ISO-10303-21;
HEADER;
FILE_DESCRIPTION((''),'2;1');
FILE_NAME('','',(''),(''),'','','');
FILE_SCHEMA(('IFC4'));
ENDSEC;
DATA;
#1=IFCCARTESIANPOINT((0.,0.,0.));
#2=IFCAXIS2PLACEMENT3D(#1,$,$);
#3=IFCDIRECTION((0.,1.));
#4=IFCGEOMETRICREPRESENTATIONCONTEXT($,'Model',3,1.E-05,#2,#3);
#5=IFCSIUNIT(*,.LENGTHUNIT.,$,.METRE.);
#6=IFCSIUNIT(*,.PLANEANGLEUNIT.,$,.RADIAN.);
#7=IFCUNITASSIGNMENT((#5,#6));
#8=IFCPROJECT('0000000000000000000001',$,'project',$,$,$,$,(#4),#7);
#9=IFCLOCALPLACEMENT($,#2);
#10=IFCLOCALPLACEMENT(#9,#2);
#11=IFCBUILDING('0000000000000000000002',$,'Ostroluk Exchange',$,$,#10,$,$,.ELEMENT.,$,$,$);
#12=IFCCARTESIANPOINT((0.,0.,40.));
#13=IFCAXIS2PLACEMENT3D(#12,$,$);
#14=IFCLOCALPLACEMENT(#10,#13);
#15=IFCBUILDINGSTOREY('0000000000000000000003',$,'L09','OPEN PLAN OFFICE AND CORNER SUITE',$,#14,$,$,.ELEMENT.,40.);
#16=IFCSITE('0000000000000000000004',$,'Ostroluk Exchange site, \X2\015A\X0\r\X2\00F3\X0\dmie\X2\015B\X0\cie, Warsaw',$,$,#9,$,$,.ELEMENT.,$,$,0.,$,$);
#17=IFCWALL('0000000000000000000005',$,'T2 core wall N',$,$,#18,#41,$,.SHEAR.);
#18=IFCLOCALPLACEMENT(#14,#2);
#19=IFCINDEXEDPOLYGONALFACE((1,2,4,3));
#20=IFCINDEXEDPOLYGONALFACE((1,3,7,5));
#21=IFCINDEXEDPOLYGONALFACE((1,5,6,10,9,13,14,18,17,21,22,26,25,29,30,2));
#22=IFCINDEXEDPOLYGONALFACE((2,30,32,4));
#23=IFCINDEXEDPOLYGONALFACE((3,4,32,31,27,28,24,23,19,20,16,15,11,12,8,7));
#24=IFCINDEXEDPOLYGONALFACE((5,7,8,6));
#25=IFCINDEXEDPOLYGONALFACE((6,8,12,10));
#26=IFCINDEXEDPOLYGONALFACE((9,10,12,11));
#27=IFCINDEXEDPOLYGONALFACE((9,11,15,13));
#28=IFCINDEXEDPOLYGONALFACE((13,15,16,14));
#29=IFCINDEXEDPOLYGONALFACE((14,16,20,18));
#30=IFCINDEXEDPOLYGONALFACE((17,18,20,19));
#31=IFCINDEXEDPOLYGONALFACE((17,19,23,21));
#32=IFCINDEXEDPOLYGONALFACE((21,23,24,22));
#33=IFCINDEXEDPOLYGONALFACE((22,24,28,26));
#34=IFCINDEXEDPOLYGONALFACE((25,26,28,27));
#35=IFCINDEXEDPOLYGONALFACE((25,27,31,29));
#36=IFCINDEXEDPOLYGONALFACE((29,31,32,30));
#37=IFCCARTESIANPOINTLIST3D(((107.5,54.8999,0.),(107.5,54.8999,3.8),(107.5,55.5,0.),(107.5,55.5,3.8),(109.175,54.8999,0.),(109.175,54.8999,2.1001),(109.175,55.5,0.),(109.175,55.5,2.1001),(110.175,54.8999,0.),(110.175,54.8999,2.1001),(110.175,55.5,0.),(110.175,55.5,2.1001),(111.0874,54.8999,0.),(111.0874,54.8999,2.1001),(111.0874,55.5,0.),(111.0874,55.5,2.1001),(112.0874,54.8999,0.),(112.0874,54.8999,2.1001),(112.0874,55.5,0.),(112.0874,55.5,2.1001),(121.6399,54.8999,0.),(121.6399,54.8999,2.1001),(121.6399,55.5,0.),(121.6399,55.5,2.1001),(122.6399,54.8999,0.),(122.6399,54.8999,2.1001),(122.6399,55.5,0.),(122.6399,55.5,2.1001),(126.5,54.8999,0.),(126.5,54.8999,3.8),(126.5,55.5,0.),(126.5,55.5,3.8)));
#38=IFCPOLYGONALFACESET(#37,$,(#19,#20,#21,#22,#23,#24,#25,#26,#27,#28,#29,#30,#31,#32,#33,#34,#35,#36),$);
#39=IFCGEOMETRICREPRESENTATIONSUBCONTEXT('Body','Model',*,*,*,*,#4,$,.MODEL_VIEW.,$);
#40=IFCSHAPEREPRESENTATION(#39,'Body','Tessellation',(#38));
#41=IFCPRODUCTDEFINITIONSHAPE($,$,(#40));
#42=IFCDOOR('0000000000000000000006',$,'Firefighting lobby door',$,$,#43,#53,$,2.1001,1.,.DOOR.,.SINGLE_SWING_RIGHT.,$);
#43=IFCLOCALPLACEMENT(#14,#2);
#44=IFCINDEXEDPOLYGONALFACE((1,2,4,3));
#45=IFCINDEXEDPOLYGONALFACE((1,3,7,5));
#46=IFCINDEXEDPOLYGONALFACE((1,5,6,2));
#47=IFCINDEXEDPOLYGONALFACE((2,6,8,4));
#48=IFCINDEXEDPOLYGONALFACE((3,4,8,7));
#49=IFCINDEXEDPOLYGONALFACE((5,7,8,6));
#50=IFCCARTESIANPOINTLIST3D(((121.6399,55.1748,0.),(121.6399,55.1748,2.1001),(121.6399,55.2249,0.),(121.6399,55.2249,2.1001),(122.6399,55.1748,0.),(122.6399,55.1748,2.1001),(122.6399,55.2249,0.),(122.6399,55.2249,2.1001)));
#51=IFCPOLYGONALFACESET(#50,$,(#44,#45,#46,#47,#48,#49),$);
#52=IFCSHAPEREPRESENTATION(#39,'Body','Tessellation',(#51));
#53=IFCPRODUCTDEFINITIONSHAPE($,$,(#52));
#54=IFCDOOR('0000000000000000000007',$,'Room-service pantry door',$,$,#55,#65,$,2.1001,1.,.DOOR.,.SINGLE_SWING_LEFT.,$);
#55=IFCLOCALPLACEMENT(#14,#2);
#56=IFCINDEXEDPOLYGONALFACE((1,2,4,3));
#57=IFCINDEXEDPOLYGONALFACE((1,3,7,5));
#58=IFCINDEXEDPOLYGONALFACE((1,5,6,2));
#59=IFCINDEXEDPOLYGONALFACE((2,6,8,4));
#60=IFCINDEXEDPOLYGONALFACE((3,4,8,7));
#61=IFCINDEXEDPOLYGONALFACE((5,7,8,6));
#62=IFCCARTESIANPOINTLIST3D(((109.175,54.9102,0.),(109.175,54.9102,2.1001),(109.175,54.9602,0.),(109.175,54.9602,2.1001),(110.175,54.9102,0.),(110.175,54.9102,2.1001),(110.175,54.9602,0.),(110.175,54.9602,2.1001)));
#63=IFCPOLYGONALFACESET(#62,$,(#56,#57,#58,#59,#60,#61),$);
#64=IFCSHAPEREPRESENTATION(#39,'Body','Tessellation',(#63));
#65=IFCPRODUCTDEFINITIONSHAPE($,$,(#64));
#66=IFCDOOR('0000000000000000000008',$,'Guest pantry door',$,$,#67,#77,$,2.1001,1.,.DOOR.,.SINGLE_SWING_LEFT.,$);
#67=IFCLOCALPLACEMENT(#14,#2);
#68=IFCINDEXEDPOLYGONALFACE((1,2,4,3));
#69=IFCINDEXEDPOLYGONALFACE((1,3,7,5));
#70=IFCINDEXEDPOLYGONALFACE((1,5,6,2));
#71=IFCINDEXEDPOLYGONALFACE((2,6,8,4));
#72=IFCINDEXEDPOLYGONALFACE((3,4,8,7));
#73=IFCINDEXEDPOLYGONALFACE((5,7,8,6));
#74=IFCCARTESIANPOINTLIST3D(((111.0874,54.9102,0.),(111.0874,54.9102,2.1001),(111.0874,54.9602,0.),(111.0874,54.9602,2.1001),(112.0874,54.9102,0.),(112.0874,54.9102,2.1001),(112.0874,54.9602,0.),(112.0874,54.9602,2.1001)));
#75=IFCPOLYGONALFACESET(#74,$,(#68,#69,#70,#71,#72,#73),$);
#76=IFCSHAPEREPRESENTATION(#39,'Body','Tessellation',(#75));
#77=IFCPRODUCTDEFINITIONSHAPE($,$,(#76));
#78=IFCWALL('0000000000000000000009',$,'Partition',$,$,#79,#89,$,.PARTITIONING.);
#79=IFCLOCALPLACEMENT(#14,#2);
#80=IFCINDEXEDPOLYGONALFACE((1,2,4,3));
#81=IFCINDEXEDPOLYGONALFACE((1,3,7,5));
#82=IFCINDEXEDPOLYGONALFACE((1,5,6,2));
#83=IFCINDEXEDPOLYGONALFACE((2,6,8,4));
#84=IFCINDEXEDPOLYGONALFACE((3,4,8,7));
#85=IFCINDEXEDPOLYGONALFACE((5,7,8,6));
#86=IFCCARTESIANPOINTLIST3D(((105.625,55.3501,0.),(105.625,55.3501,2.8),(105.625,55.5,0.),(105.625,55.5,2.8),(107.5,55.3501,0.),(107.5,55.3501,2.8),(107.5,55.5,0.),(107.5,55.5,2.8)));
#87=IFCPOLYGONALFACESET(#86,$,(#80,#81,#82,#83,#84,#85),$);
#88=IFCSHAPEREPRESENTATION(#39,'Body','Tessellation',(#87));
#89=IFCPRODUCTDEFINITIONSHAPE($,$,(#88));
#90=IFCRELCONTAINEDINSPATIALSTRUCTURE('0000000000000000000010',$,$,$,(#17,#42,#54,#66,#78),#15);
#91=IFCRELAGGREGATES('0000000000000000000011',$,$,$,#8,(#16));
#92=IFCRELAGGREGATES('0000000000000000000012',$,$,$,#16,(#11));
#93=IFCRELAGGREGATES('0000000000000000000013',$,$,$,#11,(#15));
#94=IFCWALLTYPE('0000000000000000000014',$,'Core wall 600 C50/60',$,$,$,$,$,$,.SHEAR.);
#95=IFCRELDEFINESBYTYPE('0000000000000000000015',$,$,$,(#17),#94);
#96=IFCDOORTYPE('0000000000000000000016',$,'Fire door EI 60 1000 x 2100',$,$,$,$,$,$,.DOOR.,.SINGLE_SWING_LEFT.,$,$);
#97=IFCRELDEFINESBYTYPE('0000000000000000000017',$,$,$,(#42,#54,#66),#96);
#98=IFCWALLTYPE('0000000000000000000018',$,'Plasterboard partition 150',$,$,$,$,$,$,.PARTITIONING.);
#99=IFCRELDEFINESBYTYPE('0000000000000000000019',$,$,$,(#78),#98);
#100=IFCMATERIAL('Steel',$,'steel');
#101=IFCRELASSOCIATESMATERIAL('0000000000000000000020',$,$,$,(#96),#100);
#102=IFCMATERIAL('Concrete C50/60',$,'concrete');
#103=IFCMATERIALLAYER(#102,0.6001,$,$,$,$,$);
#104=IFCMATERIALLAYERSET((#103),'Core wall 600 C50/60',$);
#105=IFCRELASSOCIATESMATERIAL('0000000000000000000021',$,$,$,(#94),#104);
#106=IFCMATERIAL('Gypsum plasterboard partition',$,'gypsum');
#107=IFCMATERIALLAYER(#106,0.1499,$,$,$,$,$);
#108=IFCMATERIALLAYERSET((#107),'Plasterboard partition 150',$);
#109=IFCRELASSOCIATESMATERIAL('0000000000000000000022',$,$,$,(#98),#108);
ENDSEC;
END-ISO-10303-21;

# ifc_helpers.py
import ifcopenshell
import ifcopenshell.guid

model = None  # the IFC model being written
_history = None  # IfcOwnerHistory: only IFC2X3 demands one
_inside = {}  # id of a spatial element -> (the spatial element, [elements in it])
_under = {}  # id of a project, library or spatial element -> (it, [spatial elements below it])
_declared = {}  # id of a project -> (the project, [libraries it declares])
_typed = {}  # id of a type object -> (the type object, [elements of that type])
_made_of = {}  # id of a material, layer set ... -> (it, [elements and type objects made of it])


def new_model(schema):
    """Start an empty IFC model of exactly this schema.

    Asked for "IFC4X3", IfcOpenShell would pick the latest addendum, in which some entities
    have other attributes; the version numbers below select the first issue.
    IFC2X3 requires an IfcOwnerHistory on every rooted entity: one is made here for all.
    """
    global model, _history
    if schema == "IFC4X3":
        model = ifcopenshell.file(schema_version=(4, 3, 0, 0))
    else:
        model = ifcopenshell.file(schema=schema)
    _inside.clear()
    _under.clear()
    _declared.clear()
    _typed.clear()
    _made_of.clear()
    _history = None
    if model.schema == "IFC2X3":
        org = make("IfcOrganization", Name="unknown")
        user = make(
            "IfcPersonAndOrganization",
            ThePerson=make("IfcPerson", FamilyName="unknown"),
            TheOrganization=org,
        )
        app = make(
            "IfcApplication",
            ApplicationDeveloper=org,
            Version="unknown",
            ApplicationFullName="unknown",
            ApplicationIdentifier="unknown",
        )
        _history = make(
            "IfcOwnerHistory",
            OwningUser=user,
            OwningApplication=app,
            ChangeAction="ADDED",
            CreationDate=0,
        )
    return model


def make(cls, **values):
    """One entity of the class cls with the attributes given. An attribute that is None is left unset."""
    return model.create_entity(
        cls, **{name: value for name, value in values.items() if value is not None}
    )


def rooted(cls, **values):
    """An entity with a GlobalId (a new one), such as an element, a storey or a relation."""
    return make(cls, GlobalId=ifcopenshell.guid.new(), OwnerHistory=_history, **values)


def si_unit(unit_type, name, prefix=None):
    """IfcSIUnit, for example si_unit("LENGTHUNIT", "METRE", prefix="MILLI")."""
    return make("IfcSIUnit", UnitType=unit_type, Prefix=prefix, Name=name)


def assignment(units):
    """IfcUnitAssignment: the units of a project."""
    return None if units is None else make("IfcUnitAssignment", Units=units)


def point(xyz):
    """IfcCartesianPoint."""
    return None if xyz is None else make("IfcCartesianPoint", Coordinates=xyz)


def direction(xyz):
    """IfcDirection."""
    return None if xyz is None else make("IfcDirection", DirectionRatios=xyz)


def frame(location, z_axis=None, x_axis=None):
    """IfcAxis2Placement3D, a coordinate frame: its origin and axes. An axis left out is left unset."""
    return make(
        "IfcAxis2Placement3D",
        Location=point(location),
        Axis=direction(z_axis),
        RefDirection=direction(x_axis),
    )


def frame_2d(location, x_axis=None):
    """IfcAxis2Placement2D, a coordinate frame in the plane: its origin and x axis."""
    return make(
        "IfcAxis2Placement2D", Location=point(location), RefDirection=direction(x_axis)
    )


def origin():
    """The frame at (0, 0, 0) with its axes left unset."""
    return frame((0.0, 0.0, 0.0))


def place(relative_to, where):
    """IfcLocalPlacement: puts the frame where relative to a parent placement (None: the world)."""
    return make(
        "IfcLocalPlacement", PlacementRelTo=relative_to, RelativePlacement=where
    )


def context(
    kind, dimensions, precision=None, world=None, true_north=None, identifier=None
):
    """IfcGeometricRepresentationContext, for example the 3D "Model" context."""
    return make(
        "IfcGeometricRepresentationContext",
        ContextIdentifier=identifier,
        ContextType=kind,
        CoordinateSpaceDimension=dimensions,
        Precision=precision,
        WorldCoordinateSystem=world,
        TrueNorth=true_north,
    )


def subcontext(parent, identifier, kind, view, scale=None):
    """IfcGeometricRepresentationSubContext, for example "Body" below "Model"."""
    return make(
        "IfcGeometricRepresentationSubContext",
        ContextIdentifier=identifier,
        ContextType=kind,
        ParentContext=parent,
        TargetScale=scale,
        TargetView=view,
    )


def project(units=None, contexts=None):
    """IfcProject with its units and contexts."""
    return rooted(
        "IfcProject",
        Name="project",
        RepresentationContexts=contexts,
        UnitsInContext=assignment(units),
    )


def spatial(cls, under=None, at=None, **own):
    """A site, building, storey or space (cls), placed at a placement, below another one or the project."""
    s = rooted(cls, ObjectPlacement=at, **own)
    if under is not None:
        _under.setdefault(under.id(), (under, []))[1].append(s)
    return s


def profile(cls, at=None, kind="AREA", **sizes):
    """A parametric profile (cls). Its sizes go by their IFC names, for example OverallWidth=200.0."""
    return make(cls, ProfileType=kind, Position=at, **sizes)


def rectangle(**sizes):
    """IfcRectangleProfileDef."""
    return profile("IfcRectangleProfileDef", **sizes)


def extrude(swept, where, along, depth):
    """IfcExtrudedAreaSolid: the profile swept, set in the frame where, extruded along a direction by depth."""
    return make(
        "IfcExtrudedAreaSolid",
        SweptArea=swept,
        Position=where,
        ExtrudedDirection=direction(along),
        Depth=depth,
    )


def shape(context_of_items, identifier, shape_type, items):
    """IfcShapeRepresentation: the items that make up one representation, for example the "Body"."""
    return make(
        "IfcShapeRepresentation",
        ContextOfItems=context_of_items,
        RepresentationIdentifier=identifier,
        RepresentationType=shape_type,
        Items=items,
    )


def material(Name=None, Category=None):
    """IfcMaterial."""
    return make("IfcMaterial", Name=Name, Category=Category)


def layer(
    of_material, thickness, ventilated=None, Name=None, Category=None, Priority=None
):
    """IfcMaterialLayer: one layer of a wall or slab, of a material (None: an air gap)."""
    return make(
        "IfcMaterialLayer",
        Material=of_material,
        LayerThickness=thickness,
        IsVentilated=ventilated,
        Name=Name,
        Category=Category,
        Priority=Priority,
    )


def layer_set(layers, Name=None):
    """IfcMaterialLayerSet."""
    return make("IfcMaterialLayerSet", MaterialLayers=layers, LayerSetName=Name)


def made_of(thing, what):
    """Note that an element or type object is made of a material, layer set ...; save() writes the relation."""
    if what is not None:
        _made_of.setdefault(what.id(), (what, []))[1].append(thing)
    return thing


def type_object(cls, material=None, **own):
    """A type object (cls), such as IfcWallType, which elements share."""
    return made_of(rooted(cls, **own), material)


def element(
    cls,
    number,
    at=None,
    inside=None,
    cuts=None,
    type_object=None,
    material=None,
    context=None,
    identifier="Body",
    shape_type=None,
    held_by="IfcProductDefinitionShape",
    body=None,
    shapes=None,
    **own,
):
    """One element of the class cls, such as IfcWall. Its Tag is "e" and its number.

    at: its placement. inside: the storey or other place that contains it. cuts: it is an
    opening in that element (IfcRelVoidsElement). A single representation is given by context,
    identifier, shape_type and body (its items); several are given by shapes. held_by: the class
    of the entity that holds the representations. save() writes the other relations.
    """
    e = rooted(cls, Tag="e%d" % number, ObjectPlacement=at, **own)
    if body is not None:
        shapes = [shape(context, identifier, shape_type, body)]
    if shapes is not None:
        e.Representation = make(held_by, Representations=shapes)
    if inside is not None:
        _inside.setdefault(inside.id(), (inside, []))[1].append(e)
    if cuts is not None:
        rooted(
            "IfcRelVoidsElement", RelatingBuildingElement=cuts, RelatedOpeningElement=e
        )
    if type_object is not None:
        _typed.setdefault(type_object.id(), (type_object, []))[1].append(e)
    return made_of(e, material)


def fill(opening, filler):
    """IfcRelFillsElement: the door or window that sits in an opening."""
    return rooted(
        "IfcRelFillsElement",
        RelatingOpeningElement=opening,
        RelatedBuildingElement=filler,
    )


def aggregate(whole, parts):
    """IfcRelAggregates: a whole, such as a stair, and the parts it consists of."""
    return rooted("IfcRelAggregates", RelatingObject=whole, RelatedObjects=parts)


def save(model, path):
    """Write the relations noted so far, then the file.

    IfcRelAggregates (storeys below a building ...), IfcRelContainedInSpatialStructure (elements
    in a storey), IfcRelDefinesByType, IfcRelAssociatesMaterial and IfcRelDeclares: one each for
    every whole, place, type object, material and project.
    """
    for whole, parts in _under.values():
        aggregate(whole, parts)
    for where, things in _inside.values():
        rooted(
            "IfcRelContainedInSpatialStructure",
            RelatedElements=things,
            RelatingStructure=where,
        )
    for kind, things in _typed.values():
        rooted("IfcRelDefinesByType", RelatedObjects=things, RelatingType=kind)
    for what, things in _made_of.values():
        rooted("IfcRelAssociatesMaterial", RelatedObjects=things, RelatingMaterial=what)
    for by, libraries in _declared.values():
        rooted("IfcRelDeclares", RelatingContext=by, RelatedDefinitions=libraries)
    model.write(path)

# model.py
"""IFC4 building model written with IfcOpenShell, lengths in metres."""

from ifc_helpers import new_model, si_unit, direction, frame, frame_2d, origin, place, context, subcontext, project, spatial, rectangle, extrude, material, layer, layer_set, type_object, element, fill, save


model = new_model("IFC4")

# Units and contexts
model_context = context("Model", 3, precision=1e-05, world=origin(), true_north=direction((0.0, 1.0)))
body_context = subcontext(model_context, "Body", "Model", "MODEL_VIEW")
ifc_project = project(units=[si_unit("LENGTHUNIT", "METRE"), si_unit("PLANEANGLEUNIT", "RADIAN")], contexts=[model_context])

# Site, building, storey
site_placement = place(None, origin())
site = spatial("IfcSite", under=ifc_project, at=site_placement, Name="Ostroluk Exchange site, Śródmieście, Warsaw", CompositionType="ELEMENT", RefElevation=0.0)
building_placement = place(site_placement, origin())
building = spatial("IfcBuilding", under=site, at=building_placement, Name="Ostroluk Exchange", CompositionType="ELEMENT")
storey_placement = place(building_placement, frame((0.0, 0.0, 40.0)))
storey = spatial("IfcBuildingStorey", under=building, at=storey_placement, Name="L09", Description="OPEN PLAN OFFICE AND CORNER SUITE", CompositionType="ELEMENT", Elevation=40.0)

# Wall, openings, doors
ifc_material_1 = material(Name="Steel", Category="steel")
door_type_1 = type_object("IfcDoorType", Name="Fire door EI 60 1000 x 2100", OperationType="SINGLE_SWING_LEFT", PredefinedType="DOOR", material=ifc_material_1)
ifc_material_2 = material(Name="Concrete C50/60", Category="concrete")
ifc_layer_1 = layer(ifc_material_2, 0.6001)
ifc_layer_set_1 = layer_set([ifc_layer_1], Name="Core wall 600 C50/60")
wall_type_1 = type_object("IfcWallType", Name="Core wall 600 C50/60", PredefinedType="SHEAR", material=ifc_layer_set_1)
wall_1_placement = place(storey_placement, frame((107.5, 55.2, 0.0), z_axis=(0.0, 0.0, 1.0), x_axis=(1.0, 0.0, 0.0)))
wall_1 = element("IfcWall", 1, at=wall_1_placement, inside=storey, type_object=wall_type_1, Name="T2 core wall N", PredefinedType="SHEAR", context=body_context, shape_type="SweptSolid", body=[
    extrude(rectangle(XDim=19.0, YDim=0.6001, at=frame_2d((9.5, 0.0))), origin(), (0.0, 0.0, 1.0), 3.8),
])
opening_1_placement = place(wall_1_placement, frame((14.1399, 0.0, 0.0)))
opening_1 = element("IfcOpeningElement", 2, at=opening_1_placement, cuts=wall_1, PredefinedType="OPENING", context=body_context, shape_type="SweptSolid", body=[
    extrude(rectangle(XDim=1.0, YDim=2.1001, at=frame_2d((0.5, 1.05))), frame((0.0, 0.3101, 0.0), z_axis=(0.0, -1.0, 0.0), x_axis=(1.0, 0.0, 0.0)), (0.0, 0.0, 1.0), 0.6201),
])
opening_2_placement = place(wall_1_placement, frame((1.675, 0.0, 0.0)))
opening_2 = element("IfcOpeningElement", 3, at=opening_2_placement, cuts=wall_1, PredefinedType="OPENING", context=body_context, shape_type="SweptSolid", body=[
    extrude(rectangle(XDim=1.0, YDim=2.1001, at=frame_2d((0.5, 1.05))), frame((0.0, 0.3101, 0.0), z_axis=(0.0, -1.0, 0.0), x_axis=(1.0, 0.0, 0.0)), (0.0, 0.0, 1.0), 0.6201),
])
opening_3_placement = place(wall_1_placement, frame((3.5874, 0.0, 0.0)))
opening_3 = element("IfcOpeningElement", 4, at=opening_3_placement, cuts=wall_1, PredefinedType="OPENING", context=body_context, shape_type="SweptSolid", body=[
    extrude(rectangle(XDim=1.0, YDim=2.1001, at=frame_2d((0.5, 1.05))), frame((0.0, 0.3101, 0.0), z_axis=(0.0, -1.0, 0.0), x_axis=(1.0, 0.0, 0.0)), (0.0, 0.0, 1.0), 0.6201),
])
door_1_placement = place(opening_1_placement, origin())
door_1 = element("IfcDoor", 5, at=door_1_placement, inside=storey, type_object=door_type_1, Name="Firefighting lobby door", OperationType="SINGLE_SWING_RIGHT", OverallHeight=2.1001, OverallWidth=1.0, PredefinedType="DOOR", context=body_context, shape_type="SweptSolid", body=[
    extrude(rectangle(XDim=1.0, YDim=2.1001, at=frame_2d((0.5, 1.05))), frame((0.0, 0.0249, 0.0), z_axis=(0.0, -1.0, 0.0), x_axis=(1.0, 0.0, 0.0)), (0.0, 0.0, 1.0), 0.05),
])
fill(opening_1, door_1)
door_2_placement = place(opening_2_placement, origin())
door_2 = element("IfcDoor", 6, at=door_2_placement, inside=storey, type_object=door_type_1, Name="Room-service pantry door", OperationType="SINGLE_SWING_LEFT", OverallHeight=2.1001, OverallWidth=1.0, PredefinedType="DOOR", context=body_context, shape_type="SweptSolid", body=[
    extrude(rectangle(XDim=1.0, YDim=2.1001, at=frame_2d((0.5, 1.05))), frame((0.0, -0.2397, 0.0), z_axis=(0.0, -1.0, 0.0), x_axis=(1.0, 0.0, 0.0)), (0.0, 0.0, 1.0), 0.05),
])
fill(opening_2, door_2)
door_3_placement = place(opening_3_placement, origin())
door_3 = element("IfcDoor", 7, at=door_3_placement, inside=storey, type_object=door_type_1, Name="Guest pantry door", OperationType="SINGLE_SWING_LEFT", OverallHeight=2.1001, OverallWidth=1.0, PredefinedType="DOOR", context=body_context, shape_type="SweptSolid", body=[
    extrude(rectangle(XDim=1.0, YDim=2.1001, at=frame_2d((0.5, 1.05))), frame((0.0, -0.2397, 0.0), z_axis=(0.0, -1.0, 0.0), x_axis=(1.0, 0.0, 0.0)), (0.0, 0.0, 1.0), 0.05),
])
fill(opening_3, door_3)

# Wall
ifc_material_3 = material(Name="Gypsum plasterboard partition", Category="gypsum")
ifc_layer_2 = layer(ifc_material_3, 0.1499)
ifc_layer_set_2 = layer_set([ifc_layer_2], Name="Plasterboard partition 150")
wall_type_2 = type_object("IfcWallType", Name="Plasterboard partition 150", PredefinedType="PARTITIONING", material=ifc_layer_set_2)
wall_2_placement = place(storey_placement, frame((107.5, 55.425, 0.0), z_axis=(0.0, 0.0, 1.0), x_axis=(-1.0, 0.0, 0.0)))
element("IfcWall", 8, at=wall_2_placement, inside=storey, type_object=wall_type_2, Name="Partition", PredefinedType="PARTITIONING", context=body_context, shape_type="SweptSolid", body=[
    extrude(rectangle(XDim=1.875, YDim=0.1499, at=frame_2d((0.9375, 0.0))), origin(), (0.0, 0.0, 1.0), 2.8),
])

save(model, "model.ifc")
